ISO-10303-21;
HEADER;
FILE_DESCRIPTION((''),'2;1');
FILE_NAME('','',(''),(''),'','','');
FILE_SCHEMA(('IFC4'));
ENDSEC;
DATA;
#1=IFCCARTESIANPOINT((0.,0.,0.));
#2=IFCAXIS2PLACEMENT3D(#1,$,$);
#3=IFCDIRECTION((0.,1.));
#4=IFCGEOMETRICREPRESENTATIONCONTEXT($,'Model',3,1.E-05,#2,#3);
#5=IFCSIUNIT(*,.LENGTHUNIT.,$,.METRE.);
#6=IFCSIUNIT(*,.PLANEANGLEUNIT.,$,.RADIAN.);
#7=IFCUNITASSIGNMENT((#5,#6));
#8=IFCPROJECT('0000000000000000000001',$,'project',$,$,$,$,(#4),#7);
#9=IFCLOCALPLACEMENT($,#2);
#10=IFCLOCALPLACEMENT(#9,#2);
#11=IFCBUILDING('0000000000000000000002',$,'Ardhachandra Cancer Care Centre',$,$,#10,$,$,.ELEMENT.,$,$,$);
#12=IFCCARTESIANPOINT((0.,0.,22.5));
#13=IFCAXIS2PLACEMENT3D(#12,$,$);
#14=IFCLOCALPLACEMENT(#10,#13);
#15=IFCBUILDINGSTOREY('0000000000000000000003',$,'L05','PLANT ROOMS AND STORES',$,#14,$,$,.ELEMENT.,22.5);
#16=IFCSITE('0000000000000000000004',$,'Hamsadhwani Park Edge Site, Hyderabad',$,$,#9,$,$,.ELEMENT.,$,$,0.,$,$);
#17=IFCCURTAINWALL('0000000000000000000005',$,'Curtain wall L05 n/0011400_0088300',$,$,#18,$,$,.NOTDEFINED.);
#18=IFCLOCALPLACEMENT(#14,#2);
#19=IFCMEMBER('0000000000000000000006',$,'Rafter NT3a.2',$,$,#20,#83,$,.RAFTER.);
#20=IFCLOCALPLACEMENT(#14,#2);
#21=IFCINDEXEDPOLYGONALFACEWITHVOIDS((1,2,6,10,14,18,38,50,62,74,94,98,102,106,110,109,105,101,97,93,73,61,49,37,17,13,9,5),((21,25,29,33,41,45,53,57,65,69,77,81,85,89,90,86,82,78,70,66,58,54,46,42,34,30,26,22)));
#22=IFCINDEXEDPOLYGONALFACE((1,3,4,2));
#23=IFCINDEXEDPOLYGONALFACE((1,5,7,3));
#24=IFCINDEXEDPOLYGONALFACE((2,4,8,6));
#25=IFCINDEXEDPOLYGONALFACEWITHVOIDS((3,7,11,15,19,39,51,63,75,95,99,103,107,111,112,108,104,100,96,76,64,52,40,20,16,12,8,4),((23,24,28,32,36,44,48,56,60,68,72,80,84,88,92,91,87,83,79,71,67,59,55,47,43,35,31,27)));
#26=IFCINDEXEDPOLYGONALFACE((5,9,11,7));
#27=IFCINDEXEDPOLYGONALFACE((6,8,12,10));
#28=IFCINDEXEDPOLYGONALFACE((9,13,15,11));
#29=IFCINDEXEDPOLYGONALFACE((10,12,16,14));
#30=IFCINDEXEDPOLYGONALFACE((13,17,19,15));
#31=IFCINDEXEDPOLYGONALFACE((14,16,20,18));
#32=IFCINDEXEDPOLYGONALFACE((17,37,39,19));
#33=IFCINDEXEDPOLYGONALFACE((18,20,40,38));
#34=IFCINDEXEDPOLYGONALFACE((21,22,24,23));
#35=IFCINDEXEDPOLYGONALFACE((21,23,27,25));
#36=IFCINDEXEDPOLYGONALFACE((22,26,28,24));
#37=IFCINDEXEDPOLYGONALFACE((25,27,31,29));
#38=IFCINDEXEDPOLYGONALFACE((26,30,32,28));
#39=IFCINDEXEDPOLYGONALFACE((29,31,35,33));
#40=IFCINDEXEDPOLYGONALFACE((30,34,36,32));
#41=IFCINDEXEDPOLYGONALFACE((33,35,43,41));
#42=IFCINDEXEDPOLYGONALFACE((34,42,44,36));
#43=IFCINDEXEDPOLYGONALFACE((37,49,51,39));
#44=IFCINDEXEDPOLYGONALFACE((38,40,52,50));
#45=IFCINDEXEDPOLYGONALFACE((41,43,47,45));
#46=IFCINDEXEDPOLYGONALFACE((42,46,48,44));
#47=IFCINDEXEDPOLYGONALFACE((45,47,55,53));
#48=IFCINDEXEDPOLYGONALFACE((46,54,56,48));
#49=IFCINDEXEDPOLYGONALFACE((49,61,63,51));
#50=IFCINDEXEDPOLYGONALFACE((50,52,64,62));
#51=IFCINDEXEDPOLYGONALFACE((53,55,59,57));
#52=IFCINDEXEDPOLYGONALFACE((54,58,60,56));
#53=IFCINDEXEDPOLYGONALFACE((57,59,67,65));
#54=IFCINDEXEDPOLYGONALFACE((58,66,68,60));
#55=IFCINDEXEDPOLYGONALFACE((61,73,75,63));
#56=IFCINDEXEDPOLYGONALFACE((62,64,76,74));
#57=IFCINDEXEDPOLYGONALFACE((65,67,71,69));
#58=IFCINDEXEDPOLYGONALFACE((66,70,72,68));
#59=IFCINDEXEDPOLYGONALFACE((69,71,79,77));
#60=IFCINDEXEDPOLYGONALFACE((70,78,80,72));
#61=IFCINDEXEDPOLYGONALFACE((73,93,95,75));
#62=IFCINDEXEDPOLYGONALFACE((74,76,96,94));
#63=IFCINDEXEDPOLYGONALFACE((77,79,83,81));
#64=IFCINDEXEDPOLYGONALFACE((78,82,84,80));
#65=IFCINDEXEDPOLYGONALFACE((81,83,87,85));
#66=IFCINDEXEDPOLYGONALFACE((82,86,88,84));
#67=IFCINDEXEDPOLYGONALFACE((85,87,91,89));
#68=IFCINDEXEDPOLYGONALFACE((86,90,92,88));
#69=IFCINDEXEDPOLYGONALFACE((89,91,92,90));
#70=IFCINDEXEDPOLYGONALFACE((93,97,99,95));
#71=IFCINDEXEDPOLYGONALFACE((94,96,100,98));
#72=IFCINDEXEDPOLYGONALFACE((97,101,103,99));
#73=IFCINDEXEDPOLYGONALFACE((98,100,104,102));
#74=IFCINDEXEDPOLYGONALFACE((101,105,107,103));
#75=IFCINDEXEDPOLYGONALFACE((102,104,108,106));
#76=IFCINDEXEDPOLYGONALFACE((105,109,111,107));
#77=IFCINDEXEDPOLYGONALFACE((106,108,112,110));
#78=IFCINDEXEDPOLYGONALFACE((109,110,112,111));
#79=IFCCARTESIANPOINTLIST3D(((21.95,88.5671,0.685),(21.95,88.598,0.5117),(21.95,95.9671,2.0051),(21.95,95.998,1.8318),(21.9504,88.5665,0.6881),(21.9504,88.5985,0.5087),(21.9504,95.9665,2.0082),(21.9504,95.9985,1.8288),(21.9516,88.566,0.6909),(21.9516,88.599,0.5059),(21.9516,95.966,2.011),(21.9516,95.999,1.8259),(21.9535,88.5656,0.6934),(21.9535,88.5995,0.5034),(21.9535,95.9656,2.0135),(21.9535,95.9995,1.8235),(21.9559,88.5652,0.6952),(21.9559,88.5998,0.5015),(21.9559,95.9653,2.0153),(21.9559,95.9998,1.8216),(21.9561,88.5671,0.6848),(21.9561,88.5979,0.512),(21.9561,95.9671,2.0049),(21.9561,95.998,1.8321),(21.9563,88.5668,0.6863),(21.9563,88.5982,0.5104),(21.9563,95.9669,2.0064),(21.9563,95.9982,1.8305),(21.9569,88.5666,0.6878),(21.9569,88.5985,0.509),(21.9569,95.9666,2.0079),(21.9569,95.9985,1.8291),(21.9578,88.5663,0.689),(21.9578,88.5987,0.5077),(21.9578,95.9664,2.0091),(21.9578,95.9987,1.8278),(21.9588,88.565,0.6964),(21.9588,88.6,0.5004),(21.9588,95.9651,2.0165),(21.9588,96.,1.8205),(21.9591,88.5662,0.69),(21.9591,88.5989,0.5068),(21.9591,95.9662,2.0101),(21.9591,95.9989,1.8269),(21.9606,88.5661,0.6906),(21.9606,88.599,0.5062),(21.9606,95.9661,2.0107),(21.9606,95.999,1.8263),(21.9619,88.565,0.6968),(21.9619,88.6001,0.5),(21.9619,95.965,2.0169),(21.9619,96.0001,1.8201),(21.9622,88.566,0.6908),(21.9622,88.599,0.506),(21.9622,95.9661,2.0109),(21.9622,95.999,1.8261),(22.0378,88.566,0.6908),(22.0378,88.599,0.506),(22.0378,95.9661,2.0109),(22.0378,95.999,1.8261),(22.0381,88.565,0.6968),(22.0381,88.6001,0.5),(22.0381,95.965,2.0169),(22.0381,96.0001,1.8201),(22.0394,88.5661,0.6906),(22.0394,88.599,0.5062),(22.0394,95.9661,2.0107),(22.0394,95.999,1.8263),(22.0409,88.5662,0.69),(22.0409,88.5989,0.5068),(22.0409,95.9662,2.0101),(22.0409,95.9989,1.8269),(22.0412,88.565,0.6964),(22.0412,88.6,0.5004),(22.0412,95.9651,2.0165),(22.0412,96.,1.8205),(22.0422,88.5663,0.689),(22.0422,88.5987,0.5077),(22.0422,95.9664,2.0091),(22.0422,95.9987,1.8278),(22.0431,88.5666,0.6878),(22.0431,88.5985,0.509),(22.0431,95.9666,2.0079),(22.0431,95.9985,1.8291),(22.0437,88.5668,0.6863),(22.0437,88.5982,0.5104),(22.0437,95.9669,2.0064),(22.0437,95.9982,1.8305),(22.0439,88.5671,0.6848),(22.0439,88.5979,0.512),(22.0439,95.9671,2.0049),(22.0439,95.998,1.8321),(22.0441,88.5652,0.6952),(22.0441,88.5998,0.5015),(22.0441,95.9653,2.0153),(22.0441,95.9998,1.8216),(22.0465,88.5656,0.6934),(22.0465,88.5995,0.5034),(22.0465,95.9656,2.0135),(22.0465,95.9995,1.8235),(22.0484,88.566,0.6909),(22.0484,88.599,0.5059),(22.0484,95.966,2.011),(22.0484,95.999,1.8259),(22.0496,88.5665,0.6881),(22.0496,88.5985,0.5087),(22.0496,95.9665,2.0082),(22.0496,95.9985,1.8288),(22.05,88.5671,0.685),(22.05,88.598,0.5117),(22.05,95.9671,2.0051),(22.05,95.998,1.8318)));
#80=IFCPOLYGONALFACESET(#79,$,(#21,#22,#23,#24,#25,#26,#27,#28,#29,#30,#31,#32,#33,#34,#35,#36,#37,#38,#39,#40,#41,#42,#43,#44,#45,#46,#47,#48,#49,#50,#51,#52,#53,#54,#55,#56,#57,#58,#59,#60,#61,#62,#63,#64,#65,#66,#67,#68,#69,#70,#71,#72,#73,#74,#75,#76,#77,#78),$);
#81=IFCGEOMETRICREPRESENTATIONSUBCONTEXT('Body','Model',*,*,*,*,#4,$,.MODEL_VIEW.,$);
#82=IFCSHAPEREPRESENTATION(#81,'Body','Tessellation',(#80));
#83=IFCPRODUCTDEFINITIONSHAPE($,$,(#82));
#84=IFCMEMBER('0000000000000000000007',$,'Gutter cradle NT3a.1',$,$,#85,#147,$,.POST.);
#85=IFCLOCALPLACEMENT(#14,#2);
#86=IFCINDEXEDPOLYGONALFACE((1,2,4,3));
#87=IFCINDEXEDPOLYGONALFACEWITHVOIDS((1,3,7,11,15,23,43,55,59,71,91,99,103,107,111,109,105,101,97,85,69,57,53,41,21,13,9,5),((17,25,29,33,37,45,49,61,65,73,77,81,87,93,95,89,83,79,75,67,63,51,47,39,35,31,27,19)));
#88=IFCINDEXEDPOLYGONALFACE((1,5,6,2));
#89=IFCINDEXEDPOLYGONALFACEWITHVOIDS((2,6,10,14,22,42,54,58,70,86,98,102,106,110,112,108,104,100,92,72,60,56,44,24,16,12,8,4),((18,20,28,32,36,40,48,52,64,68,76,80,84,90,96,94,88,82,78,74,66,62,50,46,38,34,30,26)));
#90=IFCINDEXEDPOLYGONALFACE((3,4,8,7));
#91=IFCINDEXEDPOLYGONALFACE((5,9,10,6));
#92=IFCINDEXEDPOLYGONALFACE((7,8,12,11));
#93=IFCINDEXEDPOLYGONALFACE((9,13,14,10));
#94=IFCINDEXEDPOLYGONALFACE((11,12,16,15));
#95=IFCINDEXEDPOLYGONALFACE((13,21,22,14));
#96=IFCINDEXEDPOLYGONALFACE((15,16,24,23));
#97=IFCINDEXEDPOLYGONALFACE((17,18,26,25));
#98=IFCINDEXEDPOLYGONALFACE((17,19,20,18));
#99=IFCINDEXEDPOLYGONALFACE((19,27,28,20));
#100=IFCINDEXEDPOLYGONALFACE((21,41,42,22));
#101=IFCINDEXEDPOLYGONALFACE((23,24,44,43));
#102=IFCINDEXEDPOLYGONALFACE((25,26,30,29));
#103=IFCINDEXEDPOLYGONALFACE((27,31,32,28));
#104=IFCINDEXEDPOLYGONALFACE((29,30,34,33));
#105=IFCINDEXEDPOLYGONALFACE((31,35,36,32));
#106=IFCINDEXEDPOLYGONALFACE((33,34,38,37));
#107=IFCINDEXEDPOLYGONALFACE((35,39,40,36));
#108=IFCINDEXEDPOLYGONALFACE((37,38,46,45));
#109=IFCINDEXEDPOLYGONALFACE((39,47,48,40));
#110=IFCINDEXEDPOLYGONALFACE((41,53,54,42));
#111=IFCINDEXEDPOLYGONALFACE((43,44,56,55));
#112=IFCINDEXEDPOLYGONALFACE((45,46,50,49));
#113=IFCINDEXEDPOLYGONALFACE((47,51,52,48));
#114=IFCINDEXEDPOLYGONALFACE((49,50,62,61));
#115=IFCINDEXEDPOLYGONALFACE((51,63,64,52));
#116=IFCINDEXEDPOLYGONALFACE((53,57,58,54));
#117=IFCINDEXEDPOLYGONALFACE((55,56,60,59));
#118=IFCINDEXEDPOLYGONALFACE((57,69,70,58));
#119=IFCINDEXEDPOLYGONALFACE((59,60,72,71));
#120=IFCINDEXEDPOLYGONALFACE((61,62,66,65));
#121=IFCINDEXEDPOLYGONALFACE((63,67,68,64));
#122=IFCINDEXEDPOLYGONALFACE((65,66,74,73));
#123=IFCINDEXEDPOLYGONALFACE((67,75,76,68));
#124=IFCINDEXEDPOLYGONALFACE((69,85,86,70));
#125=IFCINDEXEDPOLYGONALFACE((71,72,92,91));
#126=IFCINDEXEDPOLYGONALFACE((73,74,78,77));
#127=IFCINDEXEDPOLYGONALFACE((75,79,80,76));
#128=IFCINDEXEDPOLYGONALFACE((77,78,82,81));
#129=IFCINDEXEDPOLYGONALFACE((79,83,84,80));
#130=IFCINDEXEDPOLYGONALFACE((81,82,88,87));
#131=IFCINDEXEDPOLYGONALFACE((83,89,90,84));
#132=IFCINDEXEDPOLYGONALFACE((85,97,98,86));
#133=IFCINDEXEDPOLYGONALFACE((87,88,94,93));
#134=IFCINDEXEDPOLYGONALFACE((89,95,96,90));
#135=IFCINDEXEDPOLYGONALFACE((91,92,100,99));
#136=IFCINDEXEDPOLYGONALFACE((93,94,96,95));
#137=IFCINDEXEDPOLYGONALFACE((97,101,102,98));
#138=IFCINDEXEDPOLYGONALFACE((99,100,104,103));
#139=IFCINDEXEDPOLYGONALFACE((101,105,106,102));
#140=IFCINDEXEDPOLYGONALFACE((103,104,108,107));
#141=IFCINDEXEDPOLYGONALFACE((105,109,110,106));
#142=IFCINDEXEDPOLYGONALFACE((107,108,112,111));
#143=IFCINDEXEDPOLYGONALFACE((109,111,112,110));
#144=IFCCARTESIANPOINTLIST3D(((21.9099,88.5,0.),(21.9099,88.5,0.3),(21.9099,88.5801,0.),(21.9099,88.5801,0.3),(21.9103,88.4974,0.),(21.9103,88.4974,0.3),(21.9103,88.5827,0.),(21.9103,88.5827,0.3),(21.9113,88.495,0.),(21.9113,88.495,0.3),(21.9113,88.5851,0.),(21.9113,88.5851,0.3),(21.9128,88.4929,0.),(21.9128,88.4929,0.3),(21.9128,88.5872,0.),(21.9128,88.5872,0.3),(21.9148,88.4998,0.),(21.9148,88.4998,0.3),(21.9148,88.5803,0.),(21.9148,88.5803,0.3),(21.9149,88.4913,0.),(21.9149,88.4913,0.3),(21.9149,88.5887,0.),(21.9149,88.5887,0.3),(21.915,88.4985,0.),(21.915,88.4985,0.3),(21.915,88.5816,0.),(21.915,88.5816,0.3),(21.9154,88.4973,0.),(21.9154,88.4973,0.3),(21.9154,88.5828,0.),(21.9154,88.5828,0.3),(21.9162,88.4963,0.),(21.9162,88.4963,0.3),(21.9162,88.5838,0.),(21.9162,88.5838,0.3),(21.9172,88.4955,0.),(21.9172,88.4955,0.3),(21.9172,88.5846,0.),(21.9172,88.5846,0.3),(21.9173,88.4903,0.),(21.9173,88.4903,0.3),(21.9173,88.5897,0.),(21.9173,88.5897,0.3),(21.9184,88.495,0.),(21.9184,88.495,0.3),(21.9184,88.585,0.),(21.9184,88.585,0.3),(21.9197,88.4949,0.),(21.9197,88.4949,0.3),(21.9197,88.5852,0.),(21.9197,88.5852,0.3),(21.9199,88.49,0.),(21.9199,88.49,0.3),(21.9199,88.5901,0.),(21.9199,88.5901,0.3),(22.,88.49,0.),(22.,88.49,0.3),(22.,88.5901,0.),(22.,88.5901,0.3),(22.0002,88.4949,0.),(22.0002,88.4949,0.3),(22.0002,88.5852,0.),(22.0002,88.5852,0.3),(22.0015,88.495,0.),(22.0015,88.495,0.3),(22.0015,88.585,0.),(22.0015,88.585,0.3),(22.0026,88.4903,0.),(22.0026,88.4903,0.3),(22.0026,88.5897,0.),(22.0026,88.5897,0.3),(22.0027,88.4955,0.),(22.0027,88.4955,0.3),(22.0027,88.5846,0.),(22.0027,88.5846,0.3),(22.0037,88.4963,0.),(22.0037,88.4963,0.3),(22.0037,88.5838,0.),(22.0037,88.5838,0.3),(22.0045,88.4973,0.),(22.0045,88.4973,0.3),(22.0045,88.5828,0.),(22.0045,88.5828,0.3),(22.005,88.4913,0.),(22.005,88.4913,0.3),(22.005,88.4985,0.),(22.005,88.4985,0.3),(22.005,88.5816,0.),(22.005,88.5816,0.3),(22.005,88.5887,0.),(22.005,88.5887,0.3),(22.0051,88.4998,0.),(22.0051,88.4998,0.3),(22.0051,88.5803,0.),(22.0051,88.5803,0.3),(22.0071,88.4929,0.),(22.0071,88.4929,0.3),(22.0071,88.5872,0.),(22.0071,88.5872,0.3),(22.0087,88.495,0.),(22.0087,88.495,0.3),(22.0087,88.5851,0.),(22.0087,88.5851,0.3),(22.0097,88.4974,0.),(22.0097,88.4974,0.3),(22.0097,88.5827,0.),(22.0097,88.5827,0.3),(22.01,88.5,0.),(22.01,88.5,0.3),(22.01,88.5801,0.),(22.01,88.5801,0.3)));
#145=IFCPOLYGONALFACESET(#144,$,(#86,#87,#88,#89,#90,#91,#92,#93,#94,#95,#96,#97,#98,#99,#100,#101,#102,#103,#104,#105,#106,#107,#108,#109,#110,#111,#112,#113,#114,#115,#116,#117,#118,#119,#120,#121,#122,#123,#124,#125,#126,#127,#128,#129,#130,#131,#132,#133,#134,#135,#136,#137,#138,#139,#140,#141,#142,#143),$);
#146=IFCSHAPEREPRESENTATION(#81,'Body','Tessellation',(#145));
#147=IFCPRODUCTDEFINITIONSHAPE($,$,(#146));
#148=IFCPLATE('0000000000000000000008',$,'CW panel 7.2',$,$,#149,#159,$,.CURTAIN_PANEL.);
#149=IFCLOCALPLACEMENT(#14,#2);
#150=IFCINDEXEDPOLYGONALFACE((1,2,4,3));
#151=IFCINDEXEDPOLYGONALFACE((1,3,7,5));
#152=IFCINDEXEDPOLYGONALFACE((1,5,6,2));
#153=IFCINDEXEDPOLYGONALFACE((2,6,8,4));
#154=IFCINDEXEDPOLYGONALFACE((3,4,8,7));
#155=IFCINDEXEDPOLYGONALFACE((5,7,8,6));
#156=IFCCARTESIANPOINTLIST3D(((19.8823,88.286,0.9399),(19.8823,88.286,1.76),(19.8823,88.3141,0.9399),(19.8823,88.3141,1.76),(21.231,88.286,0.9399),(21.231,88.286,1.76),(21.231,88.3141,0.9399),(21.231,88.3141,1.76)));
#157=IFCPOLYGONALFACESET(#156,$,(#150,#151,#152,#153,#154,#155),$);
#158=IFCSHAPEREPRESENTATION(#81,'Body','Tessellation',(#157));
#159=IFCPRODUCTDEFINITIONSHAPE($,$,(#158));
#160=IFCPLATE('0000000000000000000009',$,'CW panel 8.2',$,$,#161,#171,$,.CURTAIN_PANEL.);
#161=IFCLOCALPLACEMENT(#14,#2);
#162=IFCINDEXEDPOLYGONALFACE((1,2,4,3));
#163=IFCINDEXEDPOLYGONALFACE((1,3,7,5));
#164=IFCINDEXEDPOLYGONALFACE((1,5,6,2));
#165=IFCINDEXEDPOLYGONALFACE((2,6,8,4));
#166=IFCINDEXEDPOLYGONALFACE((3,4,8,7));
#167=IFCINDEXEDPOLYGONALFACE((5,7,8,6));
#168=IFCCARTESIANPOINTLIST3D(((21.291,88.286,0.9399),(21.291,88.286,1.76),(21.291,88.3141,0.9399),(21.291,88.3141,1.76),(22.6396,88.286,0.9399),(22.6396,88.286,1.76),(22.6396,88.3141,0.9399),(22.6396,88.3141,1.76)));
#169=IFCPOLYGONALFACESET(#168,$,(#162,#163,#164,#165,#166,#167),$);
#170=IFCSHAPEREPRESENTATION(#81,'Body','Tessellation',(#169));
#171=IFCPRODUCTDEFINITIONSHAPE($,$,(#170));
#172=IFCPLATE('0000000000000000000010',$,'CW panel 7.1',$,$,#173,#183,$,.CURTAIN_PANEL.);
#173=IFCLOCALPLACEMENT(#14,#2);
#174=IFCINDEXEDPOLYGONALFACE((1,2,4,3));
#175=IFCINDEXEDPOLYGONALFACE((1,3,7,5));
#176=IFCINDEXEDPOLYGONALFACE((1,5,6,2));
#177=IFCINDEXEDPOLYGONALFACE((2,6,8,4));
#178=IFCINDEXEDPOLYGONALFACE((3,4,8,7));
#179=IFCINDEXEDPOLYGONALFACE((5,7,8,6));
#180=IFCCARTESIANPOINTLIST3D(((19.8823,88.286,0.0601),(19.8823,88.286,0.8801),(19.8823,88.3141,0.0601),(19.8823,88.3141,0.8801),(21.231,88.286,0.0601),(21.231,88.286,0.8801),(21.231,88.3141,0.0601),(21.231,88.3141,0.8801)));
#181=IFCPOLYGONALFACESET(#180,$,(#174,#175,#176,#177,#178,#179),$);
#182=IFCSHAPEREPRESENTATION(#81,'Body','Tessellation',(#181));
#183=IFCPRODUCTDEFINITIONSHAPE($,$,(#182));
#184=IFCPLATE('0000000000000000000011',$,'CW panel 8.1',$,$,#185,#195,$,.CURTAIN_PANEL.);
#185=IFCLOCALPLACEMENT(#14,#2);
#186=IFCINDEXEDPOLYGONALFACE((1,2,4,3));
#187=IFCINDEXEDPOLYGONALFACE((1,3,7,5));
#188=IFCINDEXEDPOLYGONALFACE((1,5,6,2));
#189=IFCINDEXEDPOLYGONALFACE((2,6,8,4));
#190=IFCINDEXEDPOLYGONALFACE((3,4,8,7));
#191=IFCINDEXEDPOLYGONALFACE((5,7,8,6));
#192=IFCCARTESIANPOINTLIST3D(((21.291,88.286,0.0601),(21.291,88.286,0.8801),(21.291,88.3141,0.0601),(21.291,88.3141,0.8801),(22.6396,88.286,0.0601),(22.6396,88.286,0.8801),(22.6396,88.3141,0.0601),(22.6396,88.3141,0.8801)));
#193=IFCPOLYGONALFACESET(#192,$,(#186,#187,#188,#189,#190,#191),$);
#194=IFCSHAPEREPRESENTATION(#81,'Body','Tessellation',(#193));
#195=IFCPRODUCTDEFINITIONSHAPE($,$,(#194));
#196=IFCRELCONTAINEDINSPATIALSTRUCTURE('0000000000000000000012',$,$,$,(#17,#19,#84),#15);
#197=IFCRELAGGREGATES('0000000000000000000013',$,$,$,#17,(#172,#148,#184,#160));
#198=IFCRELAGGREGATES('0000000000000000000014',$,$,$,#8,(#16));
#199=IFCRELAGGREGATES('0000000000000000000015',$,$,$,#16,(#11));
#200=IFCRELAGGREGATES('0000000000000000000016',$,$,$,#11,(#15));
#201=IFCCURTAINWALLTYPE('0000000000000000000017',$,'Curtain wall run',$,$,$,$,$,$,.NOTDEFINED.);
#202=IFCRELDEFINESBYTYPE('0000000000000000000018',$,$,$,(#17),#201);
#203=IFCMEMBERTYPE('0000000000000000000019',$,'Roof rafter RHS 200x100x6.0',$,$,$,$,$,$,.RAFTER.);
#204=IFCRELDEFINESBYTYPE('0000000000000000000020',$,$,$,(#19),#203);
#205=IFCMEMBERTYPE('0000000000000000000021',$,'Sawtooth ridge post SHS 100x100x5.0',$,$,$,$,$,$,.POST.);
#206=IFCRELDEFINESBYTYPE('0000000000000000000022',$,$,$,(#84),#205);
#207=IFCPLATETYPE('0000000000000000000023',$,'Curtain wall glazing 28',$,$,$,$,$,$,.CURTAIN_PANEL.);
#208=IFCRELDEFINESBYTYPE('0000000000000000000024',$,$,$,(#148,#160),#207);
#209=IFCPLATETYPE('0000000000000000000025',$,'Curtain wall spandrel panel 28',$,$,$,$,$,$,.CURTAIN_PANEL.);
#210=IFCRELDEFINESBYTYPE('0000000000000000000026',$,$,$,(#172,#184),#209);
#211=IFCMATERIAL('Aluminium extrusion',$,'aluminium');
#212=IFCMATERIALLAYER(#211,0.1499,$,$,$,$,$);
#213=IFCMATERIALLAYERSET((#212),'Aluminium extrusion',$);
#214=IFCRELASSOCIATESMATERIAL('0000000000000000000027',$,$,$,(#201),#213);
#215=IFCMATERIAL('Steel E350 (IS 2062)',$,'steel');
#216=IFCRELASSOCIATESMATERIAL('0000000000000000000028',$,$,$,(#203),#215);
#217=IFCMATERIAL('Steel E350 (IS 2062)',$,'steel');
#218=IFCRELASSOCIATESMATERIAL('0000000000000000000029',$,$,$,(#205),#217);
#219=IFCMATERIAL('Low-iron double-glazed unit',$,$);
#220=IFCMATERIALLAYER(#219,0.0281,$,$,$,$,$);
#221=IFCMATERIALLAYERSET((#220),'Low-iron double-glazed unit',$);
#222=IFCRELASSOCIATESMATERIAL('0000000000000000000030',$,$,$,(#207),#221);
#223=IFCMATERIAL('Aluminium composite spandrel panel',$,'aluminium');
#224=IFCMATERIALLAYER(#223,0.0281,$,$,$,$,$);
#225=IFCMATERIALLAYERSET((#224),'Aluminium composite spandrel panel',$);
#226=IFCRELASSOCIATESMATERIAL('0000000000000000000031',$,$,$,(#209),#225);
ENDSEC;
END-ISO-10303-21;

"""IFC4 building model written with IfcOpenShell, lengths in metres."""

from ifc_helpers import new_model, si_unit, direction, frame, origin, origin_2d, place, context, subcontext, project, spatial, rectangle, hollow_rectangle, extrude, material, layer, layer_set, material_profile, profile_set, type_object, element, aggregate, save


model = new_model("IFC4")

# Units and contexts
model_context = context("Model", 3, precision=1e-05, world=origin(), true_north=direction((0.0, 1.0)))
body_context = subcontext(model_context, "Body", "Model", "MODEL_VIEW")
ifc_project = project(units=[si_unit("LENGTHUNIT", "METRE"), si_unit("PLANEANGLEUNIT", "RADIAN")], contexts=[model_context])

# Site, building, storey
site_placement = place(None, origin())
site = spatial("IfcSite", under=ifc_project, at=site_placement, Name="Hamsadhwani Park Edge Site, Hyderabad", CompositionType="ELEMENT", RefElevation=0.0)
building_placement = place(site_placement, origin())
building = spatial("IfcBuilding", under=site, at=building_placement, Name="Ardhachandra Cancer Care Centre", CompositionType="ELEMENT")
storey_placement = place(building_placement, frame((0.0, 0.0, 22.5)))
storey = spatial("IfcBuildingStorey", under=building, at=storey_placement, Name="L05", Description="PLANT ROOMS AND STORES", CompositionType="ELEMENT", Elevation=22.5)

# Curtain wall
ifc_material_1 = material(Name="Aluminium extrusion", Category="aluminium")
ifc_layer_1 = layer(ifc_material_1, 0.1499)
ifc_layer_set_1 = layer_set([ifc_layer_1], Name="Aluminium extrusion")
curtain_wall_type = type_object("IfcCurtainWallType", Name="Curtain wall run", PredefinedType="NOTDEFINED", material=ifc_layer_set_1)
curtain_wall_placement = place(storey_placement, origin())
curtain_wall = element("IfcCurtainWall", 1, at=curtain_wall_placement, inside=storey, type_object=curtain_wall_type, Name="Curtain wall L05 n/0011400_0088300", PredefinedType="NOTDEFINED")

# Members
ifc_material_2 = material(Name="Steel E350 (IS 2062)", Category="steel")
ifc_material_profile_1 = material_profile(ifc_material_2, hollow_rectangle(XDim=0.1001, YDim=0.2, WallThickness=0.0061, InnerFilletRadius=0.0061, OuterFilletRadius=0.012, at=origin_2d()), Name="RHS 200x100x6.0")
ifc_profile_set_1 = profile_set([ifc_material_profile_1], Name="Steel E350 (IS 2062)")
member_type_1 = type_object("IfcMemberType", Name="Roof rafter RHS 200x100x6.0", PredefinedType="RAFTER", material=ifc_profile_set_1)
for number, where, z_axis, x_axis, name in (
    (2, (22.0, 88.5825, 0.5984), (0.0, 0.984458, 0.175618), (-1.0, 0.0, 0.0), "Rafter NT3a.2"),
):
    element("IfcMember", number, at=place(storey_placement, frame(where, z_axis=z_axis, x_axis=x_axis)), inside=storey, type_object=member_type_1, Name=name, PredefinedType="RAFTER", context=body_context, shape_type="SweptSolid", body=[
        extrude(hollow_rectangle(XDim=0.1001, YDim=0.2, WallThickness=0.0061, InnerFilletRadius=0.0061, OuterFilletRadius=0.012, at=origin_2d()), origin(), (0.0, 0.0, 1.0), 7.5168),
    ])
ifc_material_3 = material(Name="Steel E350 (IS 2062)", Category="steel")
ifc_material_profile_2 = material_profile(ifc_material_3, hollow_rectangle(XDim=0.1001, YDim=0.1001, WallThickness=0.0049, InnerFilletRadius=0.0049, OuterFilletRadius=0.01, at=origin_2d()), Name="SHS 100x100x5.0")
ifc_profile_set_2 = profile_set([ifc_material_profile_2], Name="Steel E350 (IS 2062)")
member_type_2 = type_object("IfcMemberType", Name="Sawtooth ridge post SHS 100x100x5.0", PredefinedType="POST", material=ifc_profile_set_2)
member_1_placement = place(storey_placement, frame((21.96, 88.54, 0.0), z_axis=(0.0, 0.0, 1.0), x_axis=(1.0, 0.0, 0.0)))
element("IfcMember", 3, at=member_1_placement, inside=storey, type_object=member_type_2, Name="Gutter cradle NT3a.1", PredefinedType="POST", context=body_context, shape_type="SweptSolid", body=[
    extrude(hollow_rectangle(XDim=0.1001, YDim=0.1001, WallThickness=0.0049, InnerFilletRadius=0.0049, OuterFilletRadius=0.01, at=origin_2d()), origin(), (0.0, 0.0, 1.0), 0.3),
])

# Plates
ifc_material_4 = material(Name="Low-iron double-glazed unit")
ifc_layer_2 = layer(ifc_material_4, 0.0281)
ifc_layer_set_2 = layer_set([ifc_layer_2], Name="Low-iron double-glazed unit")
plate_type_1 = type_object("IfcPlateType", Name="Curtain wall glazing 28", PredefinedType="CURTAIN_PANEL", material=ifc_layer_set_2)
plate_1_placement = place(storey_placement, frame((20.5566, 88.3, 0.9399), z_axis=(0.0, 0.0, 1.0), x_axis=(1.0, 0.0, 0.0)))
plate_1 = element("IfcPlate", 4, at=plate_1_placement, type_object=plate_type_1, Name="CW panel 7.2", PredefinedType="CURTAIN_PANEL", context=body_context, shape_type="SweptSolid", body=[
    extrude(rectangle(XDim=1.3486, YDim=0.0281, at=origin_2d()), origin(), (0.0, 0.0, 1.0), 0.8201),
])
plate_2_placement = place(storey_placement, frame((21.9653, 88.3, 0.9399), z_axis=(0.0, 0.0, 1.0), x_axis=(1.0, 0.0, 0.0)))
plate_2 = element("IfcPlate", 5, at=plate_2_placement, type_object=plate_type_1, Name="CW panel 8.2", PredefinedType="CURTAIN_PANEL", context=body_context, shape_type="SweptSolid", body=[
    extrude(rectangle(XDim=1.3486, YDim=0.0281, at=origin_2d()), origin(), (0.0, 0.0, 1.0), 0.8201),
])
ifc_material_5 = material(Name="Aluminium composite spandrel panel", Category="aluminium")
ifc_layer_3 = layer(ifc_material_5, 0.0281)
ifc_layer_set_3 = layer_set([ifc_layer_3], Name="Aluminium composite spandrel panel")
plate_type_2 = type_object("IfcPlateType", Name="Curtain wall spandrel panel 28", PredefinedType="CURTAIN_PANEL", material=ifc_layer_set_3)
plate_3_placement = place(storey_placement, frame((20.5566, 88.3, 0.0601), z_axis=(0.0, 0.0, 1.0), x_axis=(1.0, 0.0, 0.0)))
plate_3 = element("IfcPlate", 6, at=plate_3_placement, type_object=plate_type_2, Name="CW panel 7.1", PredefinedType="CURTAIN_PANEL", context=body_context, shape_type="SweptSolid", body=[
    extrude(rectangle(XDim=1.3486, YDim=0.0281, at=origin_2d()), origin(), (0.0, 0.0, 1.0), 0.8201),
])
plate_4_placement = place(storey_placement, frame((21.9653, 88.3, 0.0601), z_axis=(0.0, 0.0, 1.0), x_axis=(1.0, 0.0, 0.0)))
plate_4 = element("IfcPlate", 7, at=plate_4_placement, type_object=plate_type_2, Name="CW panel 8.1", PredefinedType="CURTAIN_PANEL", context=body_context, shape_type="SweptSolid", body=[
    extrude(rectangle(XDim=1.3486, YDim=0.0281, at=origin_2d()), origin(), (0.0, 0.0, 1.0), 0.8201),
])
aggregate(curtain_wall, [plate_3, plate_1, plate_4, plate_2])

save(model, "model.ifc")
